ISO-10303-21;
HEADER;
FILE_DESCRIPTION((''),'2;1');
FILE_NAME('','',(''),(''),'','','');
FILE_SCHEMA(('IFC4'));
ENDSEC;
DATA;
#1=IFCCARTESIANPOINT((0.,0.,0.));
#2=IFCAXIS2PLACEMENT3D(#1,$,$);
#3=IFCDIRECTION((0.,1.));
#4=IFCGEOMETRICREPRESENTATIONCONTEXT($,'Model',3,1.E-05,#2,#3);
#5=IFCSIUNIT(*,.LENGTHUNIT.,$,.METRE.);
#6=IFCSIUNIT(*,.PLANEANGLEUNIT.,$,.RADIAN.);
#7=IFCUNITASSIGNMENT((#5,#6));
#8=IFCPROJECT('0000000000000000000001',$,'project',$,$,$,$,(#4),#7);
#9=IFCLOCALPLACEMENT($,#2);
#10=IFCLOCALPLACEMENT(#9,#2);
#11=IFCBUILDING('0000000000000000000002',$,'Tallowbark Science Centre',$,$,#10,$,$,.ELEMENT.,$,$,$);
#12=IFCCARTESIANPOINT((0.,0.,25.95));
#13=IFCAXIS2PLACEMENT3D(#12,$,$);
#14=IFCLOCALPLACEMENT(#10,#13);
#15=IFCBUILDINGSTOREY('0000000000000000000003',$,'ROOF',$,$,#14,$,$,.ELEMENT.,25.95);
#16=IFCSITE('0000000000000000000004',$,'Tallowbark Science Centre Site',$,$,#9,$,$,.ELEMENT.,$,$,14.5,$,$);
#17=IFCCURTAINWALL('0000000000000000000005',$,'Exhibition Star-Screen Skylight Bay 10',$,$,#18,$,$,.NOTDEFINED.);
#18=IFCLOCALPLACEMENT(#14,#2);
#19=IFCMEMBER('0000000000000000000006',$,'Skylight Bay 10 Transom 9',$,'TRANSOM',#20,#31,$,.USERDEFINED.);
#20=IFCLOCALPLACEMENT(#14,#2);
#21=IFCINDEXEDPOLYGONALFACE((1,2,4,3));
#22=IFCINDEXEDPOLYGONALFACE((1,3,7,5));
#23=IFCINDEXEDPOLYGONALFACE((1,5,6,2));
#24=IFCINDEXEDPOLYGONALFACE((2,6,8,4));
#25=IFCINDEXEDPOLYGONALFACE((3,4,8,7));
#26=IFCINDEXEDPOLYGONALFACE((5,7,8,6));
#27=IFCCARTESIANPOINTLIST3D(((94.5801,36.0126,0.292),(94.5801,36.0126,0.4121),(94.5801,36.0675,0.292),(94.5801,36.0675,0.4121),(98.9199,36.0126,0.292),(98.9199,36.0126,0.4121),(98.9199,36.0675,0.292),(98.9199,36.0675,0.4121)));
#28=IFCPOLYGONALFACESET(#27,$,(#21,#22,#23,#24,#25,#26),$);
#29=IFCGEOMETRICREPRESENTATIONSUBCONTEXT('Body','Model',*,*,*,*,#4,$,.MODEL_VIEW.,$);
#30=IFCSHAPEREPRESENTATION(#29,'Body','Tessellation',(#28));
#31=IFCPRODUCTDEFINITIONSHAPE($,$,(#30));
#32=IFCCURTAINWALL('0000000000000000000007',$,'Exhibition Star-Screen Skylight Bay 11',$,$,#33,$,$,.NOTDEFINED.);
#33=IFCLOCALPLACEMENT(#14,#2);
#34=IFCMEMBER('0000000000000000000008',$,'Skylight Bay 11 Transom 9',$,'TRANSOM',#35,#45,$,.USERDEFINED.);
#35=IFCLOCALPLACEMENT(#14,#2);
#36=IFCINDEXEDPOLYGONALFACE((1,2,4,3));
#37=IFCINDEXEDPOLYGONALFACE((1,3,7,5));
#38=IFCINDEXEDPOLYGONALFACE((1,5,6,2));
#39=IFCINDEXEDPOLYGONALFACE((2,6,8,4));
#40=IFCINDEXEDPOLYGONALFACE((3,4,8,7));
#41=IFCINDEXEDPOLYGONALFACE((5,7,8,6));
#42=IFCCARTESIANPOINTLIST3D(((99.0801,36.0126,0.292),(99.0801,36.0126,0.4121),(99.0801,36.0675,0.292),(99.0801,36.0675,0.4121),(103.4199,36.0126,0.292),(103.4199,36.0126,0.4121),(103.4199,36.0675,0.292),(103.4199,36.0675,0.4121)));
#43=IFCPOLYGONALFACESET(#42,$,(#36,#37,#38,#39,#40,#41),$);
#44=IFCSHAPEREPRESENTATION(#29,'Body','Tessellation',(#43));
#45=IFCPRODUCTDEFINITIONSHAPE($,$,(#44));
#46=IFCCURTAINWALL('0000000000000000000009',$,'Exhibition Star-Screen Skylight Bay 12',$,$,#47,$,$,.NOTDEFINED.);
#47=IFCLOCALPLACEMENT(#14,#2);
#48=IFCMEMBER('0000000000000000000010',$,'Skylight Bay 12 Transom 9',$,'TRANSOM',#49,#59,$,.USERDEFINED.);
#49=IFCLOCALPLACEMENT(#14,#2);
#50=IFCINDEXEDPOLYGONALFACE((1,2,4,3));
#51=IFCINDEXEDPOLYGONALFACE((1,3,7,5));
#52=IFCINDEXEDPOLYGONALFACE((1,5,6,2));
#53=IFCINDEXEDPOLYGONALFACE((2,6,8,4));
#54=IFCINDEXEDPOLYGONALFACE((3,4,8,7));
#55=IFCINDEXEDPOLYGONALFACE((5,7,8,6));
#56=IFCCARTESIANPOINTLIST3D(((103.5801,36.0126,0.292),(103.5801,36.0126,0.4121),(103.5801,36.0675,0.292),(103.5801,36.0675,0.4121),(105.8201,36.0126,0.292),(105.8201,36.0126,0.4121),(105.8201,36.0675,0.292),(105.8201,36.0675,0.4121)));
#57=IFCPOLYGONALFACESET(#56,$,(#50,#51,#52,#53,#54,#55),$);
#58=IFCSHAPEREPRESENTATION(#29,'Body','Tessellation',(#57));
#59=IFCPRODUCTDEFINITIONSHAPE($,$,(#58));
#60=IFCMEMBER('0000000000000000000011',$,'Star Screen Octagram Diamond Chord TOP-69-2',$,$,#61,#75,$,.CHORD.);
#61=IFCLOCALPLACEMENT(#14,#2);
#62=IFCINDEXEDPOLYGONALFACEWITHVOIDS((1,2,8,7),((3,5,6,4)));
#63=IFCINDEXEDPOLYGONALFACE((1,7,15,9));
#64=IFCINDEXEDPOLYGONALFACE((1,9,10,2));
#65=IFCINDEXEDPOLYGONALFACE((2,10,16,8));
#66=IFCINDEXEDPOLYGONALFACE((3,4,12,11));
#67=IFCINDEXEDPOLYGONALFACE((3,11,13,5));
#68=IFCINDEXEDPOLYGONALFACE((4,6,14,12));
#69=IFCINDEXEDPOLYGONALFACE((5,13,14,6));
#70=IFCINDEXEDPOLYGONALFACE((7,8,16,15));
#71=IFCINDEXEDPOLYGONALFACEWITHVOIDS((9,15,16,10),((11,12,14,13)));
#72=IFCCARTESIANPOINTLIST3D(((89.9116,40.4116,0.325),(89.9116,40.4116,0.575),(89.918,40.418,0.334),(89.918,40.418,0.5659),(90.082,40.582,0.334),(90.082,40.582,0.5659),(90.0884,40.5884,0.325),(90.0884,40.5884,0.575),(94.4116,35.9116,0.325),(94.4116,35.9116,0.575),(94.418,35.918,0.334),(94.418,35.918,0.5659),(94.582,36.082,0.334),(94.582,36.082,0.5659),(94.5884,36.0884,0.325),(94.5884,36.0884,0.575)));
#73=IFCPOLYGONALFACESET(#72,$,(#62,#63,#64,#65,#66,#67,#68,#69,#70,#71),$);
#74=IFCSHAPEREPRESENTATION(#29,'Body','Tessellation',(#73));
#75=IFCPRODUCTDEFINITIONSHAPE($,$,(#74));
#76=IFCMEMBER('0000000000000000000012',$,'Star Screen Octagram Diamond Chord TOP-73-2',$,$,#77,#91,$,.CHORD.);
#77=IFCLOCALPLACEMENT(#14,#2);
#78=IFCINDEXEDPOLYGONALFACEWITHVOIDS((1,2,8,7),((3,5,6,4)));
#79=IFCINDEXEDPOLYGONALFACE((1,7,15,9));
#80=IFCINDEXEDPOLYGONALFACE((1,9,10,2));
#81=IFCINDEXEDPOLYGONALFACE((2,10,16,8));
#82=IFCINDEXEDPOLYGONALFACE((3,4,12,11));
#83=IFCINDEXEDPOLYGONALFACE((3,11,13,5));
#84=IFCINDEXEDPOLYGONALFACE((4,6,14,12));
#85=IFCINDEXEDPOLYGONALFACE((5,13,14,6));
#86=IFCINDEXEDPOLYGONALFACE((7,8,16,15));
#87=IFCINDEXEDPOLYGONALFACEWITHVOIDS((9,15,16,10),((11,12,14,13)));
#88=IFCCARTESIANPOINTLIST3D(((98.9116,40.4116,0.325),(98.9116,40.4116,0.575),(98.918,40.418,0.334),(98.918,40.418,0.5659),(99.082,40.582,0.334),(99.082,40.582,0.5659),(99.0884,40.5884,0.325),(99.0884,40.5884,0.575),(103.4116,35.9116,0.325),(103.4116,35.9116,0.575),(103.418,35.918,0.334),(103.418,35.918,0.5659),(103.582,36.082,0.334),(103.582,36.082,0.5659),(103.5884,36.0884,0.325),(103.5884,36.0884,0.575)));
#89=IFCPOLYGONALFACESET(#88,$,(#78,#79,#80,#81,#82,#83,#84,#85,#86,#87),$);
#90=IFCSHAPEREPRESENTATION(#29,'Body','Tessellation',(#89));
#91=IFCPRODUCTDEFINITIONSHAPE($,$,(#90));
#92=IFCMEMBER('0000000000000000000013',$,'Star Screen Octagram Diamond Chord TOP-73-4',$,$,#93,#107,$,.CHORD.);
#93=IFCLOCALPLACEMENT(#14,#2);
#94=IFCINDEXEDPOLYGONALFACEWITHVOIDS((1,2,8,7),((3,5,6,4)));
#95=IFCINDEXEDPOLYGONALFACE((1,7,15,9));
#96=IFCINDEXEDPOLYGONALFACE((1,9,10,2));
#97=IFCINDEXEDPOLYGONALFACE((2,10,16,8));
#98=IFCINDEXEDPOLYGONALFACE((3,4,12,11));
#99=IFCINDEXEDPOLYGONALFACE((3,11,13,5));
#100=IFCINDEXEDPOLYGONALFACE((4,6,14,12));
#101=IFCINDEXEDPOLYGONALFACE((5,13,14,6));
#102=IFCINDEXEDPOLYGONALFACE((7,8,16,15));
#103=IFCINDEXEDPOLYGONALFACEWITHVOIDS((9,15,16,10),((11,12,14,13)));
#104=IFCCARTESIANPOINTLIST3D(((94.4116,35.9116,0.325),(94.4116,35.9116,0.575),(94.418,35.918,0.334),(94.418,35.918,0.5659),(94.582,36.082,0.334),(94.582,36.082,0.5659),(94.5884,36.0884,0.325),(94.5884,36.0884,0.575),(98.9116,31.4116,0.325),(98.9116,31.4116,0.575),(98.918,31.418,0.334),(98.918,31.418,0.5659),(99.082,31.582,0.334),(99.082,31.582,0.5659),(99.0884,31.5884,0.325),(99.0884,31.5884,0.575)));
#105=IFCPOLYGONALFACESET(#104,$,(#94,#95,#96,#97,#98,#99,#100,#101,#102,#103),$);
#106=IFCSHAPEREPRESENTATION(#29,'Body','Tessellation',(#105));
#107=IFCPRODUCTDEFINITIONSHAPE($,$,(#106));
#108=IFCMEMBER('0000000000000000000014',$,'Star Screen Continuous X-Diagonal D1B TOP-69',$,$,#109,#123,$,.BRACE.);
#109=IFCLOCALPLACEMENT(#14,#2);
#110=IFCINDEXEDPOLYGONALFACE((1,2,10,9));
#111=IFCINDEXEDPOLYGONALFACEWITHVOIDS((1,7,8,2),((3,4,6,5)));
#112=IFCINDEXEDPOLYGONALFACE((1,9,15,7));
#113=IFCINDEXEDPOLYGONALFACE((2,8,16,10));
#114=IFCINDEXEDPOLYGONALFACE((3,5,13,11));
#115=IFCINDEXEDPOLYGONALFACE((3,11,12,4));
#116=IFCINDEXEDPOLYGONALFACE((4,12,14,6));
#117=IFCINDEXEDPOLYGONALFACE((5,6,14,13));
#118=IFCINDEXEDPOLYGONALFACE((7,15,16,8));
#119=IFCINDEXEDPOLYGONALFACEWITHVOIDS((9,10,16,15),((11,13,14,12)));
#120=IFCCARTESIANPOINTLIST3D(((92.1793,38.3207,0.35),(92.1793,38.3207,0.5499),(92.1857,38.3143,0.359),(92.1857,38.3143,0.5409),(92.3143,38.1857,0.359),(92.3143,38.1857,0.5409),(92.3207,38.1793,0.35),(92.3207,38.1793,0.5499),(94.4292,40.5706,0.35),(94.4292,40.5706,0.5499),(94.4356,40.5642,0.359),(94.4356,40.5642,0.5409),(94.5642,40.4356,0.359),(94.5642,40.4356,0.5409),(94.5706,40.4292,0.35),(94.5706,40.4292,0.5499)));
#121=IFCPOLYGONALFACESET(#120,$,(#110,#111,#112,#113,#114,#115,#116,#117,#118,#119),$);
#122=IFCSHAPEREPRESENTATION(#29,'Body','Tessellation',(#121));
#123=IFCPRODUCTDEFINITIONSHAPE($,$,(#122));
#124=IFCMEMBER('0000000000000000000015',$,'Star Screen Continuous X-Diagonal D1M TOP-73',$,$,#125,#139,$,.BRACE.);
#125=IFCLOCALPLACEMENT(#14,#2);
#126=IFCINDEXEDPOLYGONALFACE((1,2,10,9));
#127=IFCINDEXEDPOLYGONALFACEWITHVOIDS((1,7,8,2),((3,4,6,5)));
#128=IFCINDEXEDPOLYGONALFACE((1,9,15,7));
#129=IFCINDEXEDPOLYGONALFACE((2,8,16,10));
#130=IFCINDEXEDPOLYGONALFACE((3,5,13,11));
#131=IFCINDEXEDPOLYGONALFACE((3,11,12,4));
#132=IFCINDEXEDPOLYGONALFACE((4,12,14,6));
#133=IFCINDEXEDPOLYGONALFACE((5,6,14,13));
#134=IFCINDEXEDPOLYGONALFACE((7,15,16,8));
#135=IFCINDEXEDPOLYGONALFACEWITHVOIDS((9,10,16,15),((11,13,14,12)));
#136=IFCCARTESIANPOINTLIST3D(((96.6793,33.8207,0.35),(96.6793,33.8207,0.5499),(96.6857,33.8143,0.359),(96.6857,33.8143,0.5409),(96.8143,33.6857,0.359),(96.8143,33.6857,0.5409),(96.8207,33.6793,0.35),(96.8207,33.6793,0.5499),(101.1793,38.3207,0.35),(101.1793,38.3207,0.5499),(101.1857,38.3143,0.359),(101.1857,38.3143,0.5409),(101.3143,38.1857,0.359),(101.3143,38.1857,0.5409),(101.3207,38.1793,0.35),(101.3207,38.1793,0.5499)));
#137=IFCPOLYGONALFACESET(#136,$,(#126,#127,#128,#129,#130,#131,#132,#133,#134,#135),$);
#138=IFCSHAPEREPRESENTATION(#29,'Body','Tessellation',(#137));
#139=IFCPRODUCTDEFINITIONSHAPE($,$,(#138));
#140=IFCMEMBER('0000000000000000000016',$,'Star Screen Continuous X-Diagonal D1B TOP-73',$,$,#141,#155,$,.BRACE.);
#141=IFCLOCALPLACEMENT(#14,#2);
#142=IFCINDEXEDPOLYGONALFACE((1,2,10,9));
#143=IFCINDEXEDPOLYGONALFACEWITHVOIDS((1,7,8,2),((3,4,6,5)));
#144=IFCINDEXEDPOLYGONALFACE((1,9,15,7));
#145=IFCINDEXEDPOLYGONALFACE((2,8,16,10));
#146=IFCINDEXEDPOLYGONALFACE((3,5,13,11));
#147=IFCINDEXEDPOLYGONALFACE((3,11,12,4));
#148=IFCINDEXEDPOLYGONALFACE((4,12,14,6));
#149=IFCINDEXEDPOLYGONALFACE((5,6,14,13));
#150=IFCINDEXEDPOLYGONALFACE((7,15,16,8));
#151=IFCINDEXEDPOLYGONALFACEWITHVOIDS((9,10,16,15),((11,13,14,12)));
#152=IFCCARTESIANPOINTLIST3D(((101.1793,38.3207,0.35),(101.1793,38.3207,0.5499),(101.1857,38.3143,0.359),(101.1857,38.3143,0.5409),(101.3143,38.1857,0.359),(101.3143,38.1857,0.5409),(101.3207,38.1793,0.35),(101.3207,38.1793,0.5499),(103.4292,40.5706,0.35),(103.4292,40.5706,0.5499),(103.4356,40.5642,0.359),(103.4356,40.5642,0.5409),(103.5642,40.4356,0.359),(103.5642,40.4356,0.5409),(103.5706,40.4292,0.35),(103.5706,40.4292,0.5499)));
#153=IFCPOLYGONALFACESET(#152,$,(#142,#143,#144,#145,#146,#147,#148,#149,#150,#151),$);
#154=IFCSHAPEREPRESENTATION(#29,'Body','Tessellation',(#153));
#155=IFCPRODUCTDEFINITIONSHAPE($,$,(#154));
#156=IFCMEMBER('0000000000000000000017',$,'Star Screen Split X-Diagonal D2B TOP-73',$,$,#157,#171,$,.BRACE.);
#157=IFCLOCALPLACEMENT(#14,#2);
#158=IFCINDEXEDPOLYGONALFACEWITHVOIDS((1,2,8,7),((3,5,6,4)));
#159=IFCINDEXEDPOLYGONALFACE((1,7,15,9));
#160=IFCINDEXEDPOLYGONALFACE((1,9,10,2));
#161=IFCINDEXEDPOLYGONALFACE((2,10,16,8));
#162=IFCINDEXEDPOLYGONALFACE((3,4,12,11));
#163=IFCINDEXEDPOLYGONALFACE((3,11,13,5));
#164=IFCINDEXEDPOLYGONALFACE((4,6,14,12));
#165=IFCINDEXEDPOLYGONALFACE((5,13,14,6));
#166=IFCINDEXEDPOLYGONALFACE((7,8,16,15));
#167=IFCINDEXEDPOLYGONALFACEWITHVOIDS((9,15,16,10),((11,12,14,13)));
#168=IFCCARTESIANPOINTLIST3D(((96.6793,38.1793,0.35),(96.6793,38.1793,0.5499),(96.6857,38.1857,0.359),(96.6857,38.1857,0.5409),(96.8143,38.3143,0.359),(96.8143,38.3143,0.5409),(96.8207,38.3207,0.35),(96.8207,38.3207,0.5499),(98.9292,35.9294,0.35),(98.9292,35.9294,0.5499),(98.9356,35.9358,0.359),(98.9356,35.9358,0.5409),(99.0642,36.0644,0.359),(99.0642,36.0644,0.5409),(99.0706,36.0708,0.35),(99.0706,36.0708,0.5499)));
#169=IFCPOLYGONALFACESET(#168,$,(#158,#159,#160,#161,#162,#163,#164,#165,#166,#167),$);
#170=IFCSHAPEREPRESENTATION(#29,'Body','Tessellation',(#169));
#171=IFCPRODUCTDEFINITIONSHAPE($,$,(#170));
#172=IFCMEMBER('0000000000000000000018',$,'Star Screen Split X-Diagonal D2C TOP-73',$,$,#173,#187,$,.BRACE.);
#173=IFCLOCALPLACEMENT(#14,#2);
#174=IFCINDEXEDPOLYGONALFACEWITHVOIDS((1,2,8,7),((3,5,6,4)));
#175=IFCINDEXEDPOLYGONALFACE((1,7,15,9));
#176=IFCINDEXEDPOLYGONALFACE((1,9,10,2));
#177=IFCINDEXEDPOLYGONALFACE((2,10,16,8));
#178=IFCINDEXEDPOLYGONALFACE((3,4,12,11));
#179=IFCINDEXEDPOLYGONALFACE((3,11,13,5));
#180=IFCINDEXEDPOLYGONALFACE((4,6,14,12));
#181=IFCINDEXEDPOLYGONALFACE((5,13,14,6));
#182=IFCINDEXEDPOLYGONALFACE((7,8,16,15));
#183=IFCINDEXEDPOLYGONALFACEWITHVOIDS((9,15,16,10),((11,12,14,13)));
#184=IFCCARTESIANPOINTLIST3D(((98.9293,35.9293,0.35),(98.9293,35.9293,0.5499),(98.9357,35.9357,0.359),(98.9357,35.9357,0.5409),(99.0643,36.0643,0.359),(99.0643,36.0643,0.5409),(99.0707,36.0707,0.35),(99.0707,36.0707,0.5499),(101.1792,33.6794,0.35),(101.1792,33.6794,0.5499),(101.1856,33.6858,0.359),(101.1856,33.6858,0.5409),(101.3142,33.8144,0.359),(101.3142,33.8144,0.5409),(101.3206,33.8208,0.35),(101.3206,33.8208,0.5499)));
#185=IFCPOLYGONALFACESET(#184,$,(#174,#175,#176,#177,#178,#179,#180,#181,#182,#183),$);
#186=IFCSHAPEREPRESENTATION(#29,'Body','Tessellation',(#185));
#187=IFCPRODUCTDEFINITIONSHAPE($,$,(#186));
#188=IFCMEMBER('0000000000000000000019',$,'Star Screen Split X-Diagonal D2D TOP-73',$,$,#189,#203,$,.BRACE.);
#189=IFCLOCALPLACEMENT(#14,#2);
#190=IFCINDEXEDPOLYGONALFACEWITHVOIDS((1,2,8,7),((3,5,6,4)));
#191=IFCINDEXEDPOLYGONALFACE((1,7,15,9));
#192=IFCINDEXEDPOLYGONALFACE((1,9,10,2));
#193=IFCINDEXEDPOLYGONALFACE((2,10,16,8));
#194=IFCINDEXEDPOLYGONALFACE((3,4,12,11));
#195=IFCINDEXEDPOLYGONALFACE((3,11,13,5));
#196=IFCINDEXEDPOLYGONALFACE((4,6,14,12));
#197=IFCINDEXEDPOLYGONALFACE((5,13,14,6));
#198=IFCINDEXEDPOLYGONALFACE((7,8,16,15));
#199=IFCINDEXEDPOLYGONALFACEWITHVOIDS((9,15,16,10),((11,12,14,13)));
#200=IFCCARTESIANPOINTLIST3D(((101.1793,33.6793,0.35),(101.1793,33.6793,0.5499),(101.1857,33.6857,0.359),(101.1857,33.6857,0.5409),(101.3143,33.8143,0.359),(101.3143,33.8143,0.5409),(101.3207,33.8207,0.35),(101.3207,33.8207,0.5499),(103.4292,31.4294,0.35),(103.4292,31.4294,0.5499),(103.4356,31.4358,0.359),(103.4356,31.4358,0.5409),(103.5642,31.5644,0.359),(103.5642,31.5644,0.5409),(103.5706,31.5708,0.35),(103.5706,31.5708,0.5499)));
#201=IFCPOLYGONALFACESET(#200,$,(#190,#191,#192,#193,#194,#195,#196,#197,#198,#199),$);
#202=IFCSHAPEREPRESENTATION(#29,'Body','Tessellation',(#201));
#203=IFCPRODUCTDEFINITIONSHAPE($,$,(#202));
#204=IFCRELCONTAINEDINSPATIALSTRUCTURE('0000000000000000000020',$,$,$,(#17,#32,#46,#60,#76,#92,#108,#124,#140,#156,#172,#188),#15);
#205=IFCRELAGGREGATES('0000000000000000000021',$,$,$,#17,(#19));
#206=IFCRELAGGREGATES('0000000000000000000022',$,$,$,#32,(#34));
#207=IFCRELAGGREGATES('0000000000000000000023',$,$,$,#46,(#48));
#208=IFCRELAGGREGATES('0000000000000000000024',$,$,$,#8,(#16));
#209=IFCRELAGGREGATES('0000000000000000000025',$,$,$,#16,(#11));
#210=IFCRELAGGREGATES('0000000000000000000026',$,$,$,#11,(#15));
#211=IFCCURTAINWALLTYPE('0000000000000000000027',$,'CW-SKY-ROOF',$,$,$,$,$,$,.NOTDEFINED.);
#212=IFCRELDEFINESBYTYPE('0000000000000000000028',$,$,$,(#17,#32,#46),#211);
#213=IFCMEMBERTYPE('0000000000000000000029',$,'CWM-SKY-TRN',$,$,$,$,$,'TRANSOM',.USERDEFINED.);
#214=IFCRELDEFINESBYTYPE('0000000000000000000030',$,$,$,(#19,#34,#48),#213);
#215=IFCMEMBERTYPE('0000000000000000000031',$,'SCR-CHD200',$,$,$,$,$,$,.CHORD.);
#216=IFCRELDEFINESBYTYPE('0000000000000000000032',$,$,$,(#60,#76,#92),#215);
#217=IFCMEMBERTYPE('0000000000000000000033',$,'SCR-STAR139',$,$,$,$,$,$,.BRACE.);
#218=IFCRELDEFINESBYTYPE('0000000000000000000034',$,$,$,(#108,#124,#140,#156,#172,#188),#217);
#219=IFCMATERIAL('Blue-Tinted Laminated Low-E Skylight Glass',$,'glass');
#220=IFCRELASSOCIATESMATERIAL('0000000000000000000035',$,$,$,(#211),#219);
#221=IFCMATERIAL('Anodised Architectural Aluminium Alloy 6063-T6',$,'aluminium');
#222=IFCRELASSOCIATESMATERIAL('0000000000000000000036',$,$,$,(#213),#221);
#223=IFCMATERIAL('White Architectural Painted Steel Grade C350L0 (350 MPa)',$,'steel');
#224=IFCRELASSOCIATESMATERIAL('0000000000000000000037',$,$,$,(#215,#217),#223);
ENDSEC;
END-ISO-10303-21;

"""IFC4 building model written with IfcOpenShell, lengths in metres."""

from ifc_helpers import new_model, si_unit, direction, frame, origin, origin_2d, place, context, subcontext, project, spatial, rectangle, hollow_rectangle, extrude, material, material_profile, profile_set, type_object, element, aggregate, save


model = new_model("IFC4")

# Units and contexts
model_context = context("Model", 3, precision=1e-05, world=origin(), true_north=direction((0.0, 1.0)))
body_context = subcontext(model_context, "Body", "Model", "MODEL_VIEW")
ifc_project = project(units=[si_unit("LENGTHUNIT", "METRE"), si_unit("PLANEANGLEUNIT", "RADIAN")], contexts=[model_context])

# Site, building, storey
site_placement = place(None, origin())
site = spatial("IfcSite", under=ifc_project, at=site_placement, Name="Tallowbark Science Centre Site", CompositionType="ELEMENT", RefElevation=14.5)
building_placement = place(site_placement, origin())
building = spatial("IfcBuilding", under=site, at=building_placement, Name="Tallowbark Science Centre", CompositionType="ELEMENT")
storey_placement = place(building_placement, frame((0.0, 0.0, 25.95)))
storey = spatial("IfcBuildingStorey", under=building, at=storey_placement, Name="ROOF", CompositionType="ELEMENT", Elevation=25.95)

# Curtain walls, members
ifc_material_1 = material(Name="Blue-Tinted Laminated Low-E Skylight Glass", Category="glass")
curtain_wall_type = type_object("IfcCurtainWallType", Name="CW-SKY-ROOF", PredefinedType="NOTDEFINED", material=ifc_material_1)
curtain_wall_1_placement = place(storey_placement, origin())
curtain_wall_1 = element("IfcCurtainWall", 1, at=curtain_wall_1_placement, inside=storey, type_object=curtain_wall_type, Name="Exhibition Star-Screen Skylight Bay 10", PredefinedType="NOTDEFINED")
ifc_material_2 = material(Name="Anodised Architectural Aluminium Alloy 6063-T6", Category="aluminium")
ifc_material_profile_1 = material_profile(ifc_material_2, rectangle(XDim=0.0549, YDim=0.1201, at=origin_2d()), Name="ALU55x120")
ifc_profile_set_1 = profile_set([ifc_material_profile_1], Name="Anodised Architectural Aluminium Alloy 6063-T6")
member_type_1 = type_object("IfcMemberType", Name="CWM-SKY-TRN", ElementType="TRANSOM", PredefinedType="USERDEFINED", material=ifc_profile_set_1)
member_1_placement = place(storey_placement, frame((94.5801, 36.04, 0.3521), z_axis=(1.0, 0.0, 0.0), x_axis=(0.0, 1.0, 0.0)))
member_1 = element("IfcMember", 2, at=member_1_placement, type_object=member_type_1, Name="Skylight Bay 10 Transom 9", ObjectType="TRANSOM", PredefinedType="USERDEFINED", context=body_context, shape_type="SweptSolid", body=[
    extrude(rectangle(XDim=0.0549, YDim=0.1201, at=origin_2d()), origin(), (0.0, 0.0, 1.0), 4.3398),
])
curtain_wall_2_placement = place(storey_placement, origin())
curtain_wall_2 = element("IfcCurtainWall", 3, at=curtain_wall_2_placement, inside=storey, type_object=curtain_wall_type, Name="Exhibition Star-Screen Skylight Bay 11", PredefinedType="NOTDEFINED")
member_2_placement = place(storey_placement, frame((99.0801, 36.04, 0.3521), z_axis=(1.0, 0.0, 0.0), x_axis=(0.0, 1.0, 0.0)))
member_2 = element("IfcMember", 4, at=member_2_placement, type_object=member_type_1, Name="Skylight Bay 11 Transom 9", ObjectType="TRANSOM", PredefinedType="USERDEFINED", context=body_context, shape_type="SweptSolid", body=[
    extrude(rectangle(XDim=0.0549, YDim=0.1201, at=origin_2d()), origin(), (0.0, 0.0, 1.0), 4.3398),
])
curtain_wall_3_placement = place(storey_placement, origin())
curtain_wall_3 = element("IfcCurtainWall", 5, at=curtain_wall_3_placement, inside=storey, type_object=curtain_wall_type, Name="Exhibition Star-Screen Skylight Bay 12", PredefinedType="NOTDEFINED")
member_3_placement = place(storey_placement, frame((103.5801, 36.04, 0.3521), z_axis=(1.0, 0.0, 0.0), x_axis=(0.0, 1.0, 0.0)))
member_3 = element("IfcMember", 6, at=member_3_placement, type_object=member_type_1, Name="Skylight Bay 12 Transom 9", ObjectType="TRANSOM", PredefinedType="USERDEFINED", context=body_context, shape_type="SweptSolid", body=[
    extrude(rectangle(XDim=0.0549, YDim=0.1201, at=origin_2d()), origin(), (0.0, 0.0, 1.0), 2.24),
])

# Members
ifc_material_3 = material(Name="White Architectural Painted Steel Grade C350L0 (350 MPa)", Category="steel")
ifc_material_profile_2 = material_profile(ifc_material_3, hollow_rectangle(XDim=0.25, YDim=0.25, WallThickness=0.009, at=origin_2d()), Name="250x250x9.0SHS")
ifc_profile_set_2 = profile_set([ifc_material_profile_2], Name="White Architectural Painted Steel Grade C350L0 (350 MPa)")
member_type_2 = type_object("IfcMemberType", Name="SCR-CHD200", PredefinedType="CHORD", material=ifc_profile_set_2)
for number, where, z_axis, x_axis, name in (
    (7, (94.5, 36.0, 0.45), (-0.707107, 0.707107, 0.0), (-0.707107, -0.707107, 0.0), "Star Screen Octagram Diamond Chord TOP-69-2"),
    (8, (103.5, 36.0, 0.45), (-0.707107, 0.707107, 0.0), (-0.707107, -0.707107, 0.0), "Star Screen Octagram Diamond Chord TOP-73-2"),
    (9, (94.5, 36.0, 0.45), (0.707107, -0.707107, 0.0), (0.707107, 0.707107, 0.0), "Star Screen Octagram Diamond Chord TOP-73-4"),
):
    element("IfcMember", number, at=place(storey_placement, frame(where, z_axis=z_axis, x_axis=x_axis)), inside=storey, type_object=member_type_2, Name=name, PredefinedType="CHORD", context=body_context, shape_type="SweptSolid", body=[
        extrude(hollow_rectangle(XDim=0.25, YDim=0.25, WallThickness=0.009, at=origin_2d()), origin(), (0.0, 0.0, 1.0), 6.364),
    ])
ifc_material_profile_3 = material_profile(ifc_material_3, hollow_rectangle(XDim=0.2, YDim=0.2, WallThickness=0.009, at=origin_2d()), Name="200x200x9.0SHS")
ifc_profile_set_3 = profile_set([ifc_material_profile_3], Name="White Architectural Painted Steel Grade C350L0 (350 MPa)")
member_type_3 = type_object("IfcMemberType", Name="SCR-STAR139", PredefinedType="BRACE", material=ifc_profile_set_3)
member_4_placement = place(storey_placement, frame((92.25, 38.25, 0.45), z_axis=(0.707107, 0.707107, 0.0), x_axis=(-0.707107, 0.707107, 0.0)))
element("IfcMember", 10, at=member_4_placement, inside=storey, type_object=member_type_3, Name="Star Screen Continuous X-Diagonal D1B TOP-69", PredefinedType="BRACE", context=body_context, shape_type="SweptSolid", body=[
    extrude(hollow_rectangle(XDim=0.2, YDim=0.2, WallThickness=0.009, at=origin_2d()), origin(), (0.0, 0.0, 1.0), 3.1819),
])
member_5_placement = place(storey_placement, frame((96.75, 33.75, 0.45), z_axis=(0.707107, 0.707107, 0.0), x_axis=(-0.707107, 0.707107, 0.0)))
element("IfcMember", 11, at=member_5_placement, inside=storey, type_object=member_type_3, Name="Star Screen Continuous X-Diagonal D1M TOP-73", PredefinedType="BRACE", context=body_context, shape_type="SweptSolid", body=[
    extrude(hollow_rectangle(XDim=0.2, YDim=0.2, WallThickness=0.009, at=origin_2d()), origin(), (0.0, 0.0, 1.0), 6.364),
])
for number, where, z_axis, x_axis, name in (
    (12, (101.25, 38.25, 0.45), (0.707107, 0.707107, 0.0), (-0.707107, 0.707107, 0.0), "Star Screen Continuous X-Diagonal D1B TOP-73"),
    (13, (96.75, 38.25, 0.45), (0.707107, -0.707107, 0.0), (0.707107, 0.707107, 0.0), "Star Screen Split X-Diagonal D2B TOP-73"),
    (14, (99.0, 36.0, 0.45), (0.707107, -0.707107, 0.0), (0.707107, 0.707107, 0.0), "Star Screen Split X-Diagonal D2C TOP-73"),
    (15, (101.25, 33.75, 0.45), (0.707107, -0.707107, 0.0), (0.707107, 0.707107, 0.0), "Star Screen Split X-Diagonal D2D TOP-73"),
):
    element("IfcMember", number, at=place(storey_placement, frame(where, z_axis=z_axis, x_axis=x_axis)), inside=storey, type_object=member_type_3, Name=name, PredefinedType="BRACE", context=body_context, shape_type="SweptSolid", body=[
        extrude(hollow_rectangle(XDim=0.2, YDim=0.2, WallThickness=0.009, at=origin_2d()), origin(), (0.0, 0.0, 1.0), 3.1819),
    ])

aggregate(curtain_wall_1, [member_1])
aggregate(curtain_wall_2, [member_2])
aggregate(curtain_wall_3, [member_3])

save(model, "model.ifc")
